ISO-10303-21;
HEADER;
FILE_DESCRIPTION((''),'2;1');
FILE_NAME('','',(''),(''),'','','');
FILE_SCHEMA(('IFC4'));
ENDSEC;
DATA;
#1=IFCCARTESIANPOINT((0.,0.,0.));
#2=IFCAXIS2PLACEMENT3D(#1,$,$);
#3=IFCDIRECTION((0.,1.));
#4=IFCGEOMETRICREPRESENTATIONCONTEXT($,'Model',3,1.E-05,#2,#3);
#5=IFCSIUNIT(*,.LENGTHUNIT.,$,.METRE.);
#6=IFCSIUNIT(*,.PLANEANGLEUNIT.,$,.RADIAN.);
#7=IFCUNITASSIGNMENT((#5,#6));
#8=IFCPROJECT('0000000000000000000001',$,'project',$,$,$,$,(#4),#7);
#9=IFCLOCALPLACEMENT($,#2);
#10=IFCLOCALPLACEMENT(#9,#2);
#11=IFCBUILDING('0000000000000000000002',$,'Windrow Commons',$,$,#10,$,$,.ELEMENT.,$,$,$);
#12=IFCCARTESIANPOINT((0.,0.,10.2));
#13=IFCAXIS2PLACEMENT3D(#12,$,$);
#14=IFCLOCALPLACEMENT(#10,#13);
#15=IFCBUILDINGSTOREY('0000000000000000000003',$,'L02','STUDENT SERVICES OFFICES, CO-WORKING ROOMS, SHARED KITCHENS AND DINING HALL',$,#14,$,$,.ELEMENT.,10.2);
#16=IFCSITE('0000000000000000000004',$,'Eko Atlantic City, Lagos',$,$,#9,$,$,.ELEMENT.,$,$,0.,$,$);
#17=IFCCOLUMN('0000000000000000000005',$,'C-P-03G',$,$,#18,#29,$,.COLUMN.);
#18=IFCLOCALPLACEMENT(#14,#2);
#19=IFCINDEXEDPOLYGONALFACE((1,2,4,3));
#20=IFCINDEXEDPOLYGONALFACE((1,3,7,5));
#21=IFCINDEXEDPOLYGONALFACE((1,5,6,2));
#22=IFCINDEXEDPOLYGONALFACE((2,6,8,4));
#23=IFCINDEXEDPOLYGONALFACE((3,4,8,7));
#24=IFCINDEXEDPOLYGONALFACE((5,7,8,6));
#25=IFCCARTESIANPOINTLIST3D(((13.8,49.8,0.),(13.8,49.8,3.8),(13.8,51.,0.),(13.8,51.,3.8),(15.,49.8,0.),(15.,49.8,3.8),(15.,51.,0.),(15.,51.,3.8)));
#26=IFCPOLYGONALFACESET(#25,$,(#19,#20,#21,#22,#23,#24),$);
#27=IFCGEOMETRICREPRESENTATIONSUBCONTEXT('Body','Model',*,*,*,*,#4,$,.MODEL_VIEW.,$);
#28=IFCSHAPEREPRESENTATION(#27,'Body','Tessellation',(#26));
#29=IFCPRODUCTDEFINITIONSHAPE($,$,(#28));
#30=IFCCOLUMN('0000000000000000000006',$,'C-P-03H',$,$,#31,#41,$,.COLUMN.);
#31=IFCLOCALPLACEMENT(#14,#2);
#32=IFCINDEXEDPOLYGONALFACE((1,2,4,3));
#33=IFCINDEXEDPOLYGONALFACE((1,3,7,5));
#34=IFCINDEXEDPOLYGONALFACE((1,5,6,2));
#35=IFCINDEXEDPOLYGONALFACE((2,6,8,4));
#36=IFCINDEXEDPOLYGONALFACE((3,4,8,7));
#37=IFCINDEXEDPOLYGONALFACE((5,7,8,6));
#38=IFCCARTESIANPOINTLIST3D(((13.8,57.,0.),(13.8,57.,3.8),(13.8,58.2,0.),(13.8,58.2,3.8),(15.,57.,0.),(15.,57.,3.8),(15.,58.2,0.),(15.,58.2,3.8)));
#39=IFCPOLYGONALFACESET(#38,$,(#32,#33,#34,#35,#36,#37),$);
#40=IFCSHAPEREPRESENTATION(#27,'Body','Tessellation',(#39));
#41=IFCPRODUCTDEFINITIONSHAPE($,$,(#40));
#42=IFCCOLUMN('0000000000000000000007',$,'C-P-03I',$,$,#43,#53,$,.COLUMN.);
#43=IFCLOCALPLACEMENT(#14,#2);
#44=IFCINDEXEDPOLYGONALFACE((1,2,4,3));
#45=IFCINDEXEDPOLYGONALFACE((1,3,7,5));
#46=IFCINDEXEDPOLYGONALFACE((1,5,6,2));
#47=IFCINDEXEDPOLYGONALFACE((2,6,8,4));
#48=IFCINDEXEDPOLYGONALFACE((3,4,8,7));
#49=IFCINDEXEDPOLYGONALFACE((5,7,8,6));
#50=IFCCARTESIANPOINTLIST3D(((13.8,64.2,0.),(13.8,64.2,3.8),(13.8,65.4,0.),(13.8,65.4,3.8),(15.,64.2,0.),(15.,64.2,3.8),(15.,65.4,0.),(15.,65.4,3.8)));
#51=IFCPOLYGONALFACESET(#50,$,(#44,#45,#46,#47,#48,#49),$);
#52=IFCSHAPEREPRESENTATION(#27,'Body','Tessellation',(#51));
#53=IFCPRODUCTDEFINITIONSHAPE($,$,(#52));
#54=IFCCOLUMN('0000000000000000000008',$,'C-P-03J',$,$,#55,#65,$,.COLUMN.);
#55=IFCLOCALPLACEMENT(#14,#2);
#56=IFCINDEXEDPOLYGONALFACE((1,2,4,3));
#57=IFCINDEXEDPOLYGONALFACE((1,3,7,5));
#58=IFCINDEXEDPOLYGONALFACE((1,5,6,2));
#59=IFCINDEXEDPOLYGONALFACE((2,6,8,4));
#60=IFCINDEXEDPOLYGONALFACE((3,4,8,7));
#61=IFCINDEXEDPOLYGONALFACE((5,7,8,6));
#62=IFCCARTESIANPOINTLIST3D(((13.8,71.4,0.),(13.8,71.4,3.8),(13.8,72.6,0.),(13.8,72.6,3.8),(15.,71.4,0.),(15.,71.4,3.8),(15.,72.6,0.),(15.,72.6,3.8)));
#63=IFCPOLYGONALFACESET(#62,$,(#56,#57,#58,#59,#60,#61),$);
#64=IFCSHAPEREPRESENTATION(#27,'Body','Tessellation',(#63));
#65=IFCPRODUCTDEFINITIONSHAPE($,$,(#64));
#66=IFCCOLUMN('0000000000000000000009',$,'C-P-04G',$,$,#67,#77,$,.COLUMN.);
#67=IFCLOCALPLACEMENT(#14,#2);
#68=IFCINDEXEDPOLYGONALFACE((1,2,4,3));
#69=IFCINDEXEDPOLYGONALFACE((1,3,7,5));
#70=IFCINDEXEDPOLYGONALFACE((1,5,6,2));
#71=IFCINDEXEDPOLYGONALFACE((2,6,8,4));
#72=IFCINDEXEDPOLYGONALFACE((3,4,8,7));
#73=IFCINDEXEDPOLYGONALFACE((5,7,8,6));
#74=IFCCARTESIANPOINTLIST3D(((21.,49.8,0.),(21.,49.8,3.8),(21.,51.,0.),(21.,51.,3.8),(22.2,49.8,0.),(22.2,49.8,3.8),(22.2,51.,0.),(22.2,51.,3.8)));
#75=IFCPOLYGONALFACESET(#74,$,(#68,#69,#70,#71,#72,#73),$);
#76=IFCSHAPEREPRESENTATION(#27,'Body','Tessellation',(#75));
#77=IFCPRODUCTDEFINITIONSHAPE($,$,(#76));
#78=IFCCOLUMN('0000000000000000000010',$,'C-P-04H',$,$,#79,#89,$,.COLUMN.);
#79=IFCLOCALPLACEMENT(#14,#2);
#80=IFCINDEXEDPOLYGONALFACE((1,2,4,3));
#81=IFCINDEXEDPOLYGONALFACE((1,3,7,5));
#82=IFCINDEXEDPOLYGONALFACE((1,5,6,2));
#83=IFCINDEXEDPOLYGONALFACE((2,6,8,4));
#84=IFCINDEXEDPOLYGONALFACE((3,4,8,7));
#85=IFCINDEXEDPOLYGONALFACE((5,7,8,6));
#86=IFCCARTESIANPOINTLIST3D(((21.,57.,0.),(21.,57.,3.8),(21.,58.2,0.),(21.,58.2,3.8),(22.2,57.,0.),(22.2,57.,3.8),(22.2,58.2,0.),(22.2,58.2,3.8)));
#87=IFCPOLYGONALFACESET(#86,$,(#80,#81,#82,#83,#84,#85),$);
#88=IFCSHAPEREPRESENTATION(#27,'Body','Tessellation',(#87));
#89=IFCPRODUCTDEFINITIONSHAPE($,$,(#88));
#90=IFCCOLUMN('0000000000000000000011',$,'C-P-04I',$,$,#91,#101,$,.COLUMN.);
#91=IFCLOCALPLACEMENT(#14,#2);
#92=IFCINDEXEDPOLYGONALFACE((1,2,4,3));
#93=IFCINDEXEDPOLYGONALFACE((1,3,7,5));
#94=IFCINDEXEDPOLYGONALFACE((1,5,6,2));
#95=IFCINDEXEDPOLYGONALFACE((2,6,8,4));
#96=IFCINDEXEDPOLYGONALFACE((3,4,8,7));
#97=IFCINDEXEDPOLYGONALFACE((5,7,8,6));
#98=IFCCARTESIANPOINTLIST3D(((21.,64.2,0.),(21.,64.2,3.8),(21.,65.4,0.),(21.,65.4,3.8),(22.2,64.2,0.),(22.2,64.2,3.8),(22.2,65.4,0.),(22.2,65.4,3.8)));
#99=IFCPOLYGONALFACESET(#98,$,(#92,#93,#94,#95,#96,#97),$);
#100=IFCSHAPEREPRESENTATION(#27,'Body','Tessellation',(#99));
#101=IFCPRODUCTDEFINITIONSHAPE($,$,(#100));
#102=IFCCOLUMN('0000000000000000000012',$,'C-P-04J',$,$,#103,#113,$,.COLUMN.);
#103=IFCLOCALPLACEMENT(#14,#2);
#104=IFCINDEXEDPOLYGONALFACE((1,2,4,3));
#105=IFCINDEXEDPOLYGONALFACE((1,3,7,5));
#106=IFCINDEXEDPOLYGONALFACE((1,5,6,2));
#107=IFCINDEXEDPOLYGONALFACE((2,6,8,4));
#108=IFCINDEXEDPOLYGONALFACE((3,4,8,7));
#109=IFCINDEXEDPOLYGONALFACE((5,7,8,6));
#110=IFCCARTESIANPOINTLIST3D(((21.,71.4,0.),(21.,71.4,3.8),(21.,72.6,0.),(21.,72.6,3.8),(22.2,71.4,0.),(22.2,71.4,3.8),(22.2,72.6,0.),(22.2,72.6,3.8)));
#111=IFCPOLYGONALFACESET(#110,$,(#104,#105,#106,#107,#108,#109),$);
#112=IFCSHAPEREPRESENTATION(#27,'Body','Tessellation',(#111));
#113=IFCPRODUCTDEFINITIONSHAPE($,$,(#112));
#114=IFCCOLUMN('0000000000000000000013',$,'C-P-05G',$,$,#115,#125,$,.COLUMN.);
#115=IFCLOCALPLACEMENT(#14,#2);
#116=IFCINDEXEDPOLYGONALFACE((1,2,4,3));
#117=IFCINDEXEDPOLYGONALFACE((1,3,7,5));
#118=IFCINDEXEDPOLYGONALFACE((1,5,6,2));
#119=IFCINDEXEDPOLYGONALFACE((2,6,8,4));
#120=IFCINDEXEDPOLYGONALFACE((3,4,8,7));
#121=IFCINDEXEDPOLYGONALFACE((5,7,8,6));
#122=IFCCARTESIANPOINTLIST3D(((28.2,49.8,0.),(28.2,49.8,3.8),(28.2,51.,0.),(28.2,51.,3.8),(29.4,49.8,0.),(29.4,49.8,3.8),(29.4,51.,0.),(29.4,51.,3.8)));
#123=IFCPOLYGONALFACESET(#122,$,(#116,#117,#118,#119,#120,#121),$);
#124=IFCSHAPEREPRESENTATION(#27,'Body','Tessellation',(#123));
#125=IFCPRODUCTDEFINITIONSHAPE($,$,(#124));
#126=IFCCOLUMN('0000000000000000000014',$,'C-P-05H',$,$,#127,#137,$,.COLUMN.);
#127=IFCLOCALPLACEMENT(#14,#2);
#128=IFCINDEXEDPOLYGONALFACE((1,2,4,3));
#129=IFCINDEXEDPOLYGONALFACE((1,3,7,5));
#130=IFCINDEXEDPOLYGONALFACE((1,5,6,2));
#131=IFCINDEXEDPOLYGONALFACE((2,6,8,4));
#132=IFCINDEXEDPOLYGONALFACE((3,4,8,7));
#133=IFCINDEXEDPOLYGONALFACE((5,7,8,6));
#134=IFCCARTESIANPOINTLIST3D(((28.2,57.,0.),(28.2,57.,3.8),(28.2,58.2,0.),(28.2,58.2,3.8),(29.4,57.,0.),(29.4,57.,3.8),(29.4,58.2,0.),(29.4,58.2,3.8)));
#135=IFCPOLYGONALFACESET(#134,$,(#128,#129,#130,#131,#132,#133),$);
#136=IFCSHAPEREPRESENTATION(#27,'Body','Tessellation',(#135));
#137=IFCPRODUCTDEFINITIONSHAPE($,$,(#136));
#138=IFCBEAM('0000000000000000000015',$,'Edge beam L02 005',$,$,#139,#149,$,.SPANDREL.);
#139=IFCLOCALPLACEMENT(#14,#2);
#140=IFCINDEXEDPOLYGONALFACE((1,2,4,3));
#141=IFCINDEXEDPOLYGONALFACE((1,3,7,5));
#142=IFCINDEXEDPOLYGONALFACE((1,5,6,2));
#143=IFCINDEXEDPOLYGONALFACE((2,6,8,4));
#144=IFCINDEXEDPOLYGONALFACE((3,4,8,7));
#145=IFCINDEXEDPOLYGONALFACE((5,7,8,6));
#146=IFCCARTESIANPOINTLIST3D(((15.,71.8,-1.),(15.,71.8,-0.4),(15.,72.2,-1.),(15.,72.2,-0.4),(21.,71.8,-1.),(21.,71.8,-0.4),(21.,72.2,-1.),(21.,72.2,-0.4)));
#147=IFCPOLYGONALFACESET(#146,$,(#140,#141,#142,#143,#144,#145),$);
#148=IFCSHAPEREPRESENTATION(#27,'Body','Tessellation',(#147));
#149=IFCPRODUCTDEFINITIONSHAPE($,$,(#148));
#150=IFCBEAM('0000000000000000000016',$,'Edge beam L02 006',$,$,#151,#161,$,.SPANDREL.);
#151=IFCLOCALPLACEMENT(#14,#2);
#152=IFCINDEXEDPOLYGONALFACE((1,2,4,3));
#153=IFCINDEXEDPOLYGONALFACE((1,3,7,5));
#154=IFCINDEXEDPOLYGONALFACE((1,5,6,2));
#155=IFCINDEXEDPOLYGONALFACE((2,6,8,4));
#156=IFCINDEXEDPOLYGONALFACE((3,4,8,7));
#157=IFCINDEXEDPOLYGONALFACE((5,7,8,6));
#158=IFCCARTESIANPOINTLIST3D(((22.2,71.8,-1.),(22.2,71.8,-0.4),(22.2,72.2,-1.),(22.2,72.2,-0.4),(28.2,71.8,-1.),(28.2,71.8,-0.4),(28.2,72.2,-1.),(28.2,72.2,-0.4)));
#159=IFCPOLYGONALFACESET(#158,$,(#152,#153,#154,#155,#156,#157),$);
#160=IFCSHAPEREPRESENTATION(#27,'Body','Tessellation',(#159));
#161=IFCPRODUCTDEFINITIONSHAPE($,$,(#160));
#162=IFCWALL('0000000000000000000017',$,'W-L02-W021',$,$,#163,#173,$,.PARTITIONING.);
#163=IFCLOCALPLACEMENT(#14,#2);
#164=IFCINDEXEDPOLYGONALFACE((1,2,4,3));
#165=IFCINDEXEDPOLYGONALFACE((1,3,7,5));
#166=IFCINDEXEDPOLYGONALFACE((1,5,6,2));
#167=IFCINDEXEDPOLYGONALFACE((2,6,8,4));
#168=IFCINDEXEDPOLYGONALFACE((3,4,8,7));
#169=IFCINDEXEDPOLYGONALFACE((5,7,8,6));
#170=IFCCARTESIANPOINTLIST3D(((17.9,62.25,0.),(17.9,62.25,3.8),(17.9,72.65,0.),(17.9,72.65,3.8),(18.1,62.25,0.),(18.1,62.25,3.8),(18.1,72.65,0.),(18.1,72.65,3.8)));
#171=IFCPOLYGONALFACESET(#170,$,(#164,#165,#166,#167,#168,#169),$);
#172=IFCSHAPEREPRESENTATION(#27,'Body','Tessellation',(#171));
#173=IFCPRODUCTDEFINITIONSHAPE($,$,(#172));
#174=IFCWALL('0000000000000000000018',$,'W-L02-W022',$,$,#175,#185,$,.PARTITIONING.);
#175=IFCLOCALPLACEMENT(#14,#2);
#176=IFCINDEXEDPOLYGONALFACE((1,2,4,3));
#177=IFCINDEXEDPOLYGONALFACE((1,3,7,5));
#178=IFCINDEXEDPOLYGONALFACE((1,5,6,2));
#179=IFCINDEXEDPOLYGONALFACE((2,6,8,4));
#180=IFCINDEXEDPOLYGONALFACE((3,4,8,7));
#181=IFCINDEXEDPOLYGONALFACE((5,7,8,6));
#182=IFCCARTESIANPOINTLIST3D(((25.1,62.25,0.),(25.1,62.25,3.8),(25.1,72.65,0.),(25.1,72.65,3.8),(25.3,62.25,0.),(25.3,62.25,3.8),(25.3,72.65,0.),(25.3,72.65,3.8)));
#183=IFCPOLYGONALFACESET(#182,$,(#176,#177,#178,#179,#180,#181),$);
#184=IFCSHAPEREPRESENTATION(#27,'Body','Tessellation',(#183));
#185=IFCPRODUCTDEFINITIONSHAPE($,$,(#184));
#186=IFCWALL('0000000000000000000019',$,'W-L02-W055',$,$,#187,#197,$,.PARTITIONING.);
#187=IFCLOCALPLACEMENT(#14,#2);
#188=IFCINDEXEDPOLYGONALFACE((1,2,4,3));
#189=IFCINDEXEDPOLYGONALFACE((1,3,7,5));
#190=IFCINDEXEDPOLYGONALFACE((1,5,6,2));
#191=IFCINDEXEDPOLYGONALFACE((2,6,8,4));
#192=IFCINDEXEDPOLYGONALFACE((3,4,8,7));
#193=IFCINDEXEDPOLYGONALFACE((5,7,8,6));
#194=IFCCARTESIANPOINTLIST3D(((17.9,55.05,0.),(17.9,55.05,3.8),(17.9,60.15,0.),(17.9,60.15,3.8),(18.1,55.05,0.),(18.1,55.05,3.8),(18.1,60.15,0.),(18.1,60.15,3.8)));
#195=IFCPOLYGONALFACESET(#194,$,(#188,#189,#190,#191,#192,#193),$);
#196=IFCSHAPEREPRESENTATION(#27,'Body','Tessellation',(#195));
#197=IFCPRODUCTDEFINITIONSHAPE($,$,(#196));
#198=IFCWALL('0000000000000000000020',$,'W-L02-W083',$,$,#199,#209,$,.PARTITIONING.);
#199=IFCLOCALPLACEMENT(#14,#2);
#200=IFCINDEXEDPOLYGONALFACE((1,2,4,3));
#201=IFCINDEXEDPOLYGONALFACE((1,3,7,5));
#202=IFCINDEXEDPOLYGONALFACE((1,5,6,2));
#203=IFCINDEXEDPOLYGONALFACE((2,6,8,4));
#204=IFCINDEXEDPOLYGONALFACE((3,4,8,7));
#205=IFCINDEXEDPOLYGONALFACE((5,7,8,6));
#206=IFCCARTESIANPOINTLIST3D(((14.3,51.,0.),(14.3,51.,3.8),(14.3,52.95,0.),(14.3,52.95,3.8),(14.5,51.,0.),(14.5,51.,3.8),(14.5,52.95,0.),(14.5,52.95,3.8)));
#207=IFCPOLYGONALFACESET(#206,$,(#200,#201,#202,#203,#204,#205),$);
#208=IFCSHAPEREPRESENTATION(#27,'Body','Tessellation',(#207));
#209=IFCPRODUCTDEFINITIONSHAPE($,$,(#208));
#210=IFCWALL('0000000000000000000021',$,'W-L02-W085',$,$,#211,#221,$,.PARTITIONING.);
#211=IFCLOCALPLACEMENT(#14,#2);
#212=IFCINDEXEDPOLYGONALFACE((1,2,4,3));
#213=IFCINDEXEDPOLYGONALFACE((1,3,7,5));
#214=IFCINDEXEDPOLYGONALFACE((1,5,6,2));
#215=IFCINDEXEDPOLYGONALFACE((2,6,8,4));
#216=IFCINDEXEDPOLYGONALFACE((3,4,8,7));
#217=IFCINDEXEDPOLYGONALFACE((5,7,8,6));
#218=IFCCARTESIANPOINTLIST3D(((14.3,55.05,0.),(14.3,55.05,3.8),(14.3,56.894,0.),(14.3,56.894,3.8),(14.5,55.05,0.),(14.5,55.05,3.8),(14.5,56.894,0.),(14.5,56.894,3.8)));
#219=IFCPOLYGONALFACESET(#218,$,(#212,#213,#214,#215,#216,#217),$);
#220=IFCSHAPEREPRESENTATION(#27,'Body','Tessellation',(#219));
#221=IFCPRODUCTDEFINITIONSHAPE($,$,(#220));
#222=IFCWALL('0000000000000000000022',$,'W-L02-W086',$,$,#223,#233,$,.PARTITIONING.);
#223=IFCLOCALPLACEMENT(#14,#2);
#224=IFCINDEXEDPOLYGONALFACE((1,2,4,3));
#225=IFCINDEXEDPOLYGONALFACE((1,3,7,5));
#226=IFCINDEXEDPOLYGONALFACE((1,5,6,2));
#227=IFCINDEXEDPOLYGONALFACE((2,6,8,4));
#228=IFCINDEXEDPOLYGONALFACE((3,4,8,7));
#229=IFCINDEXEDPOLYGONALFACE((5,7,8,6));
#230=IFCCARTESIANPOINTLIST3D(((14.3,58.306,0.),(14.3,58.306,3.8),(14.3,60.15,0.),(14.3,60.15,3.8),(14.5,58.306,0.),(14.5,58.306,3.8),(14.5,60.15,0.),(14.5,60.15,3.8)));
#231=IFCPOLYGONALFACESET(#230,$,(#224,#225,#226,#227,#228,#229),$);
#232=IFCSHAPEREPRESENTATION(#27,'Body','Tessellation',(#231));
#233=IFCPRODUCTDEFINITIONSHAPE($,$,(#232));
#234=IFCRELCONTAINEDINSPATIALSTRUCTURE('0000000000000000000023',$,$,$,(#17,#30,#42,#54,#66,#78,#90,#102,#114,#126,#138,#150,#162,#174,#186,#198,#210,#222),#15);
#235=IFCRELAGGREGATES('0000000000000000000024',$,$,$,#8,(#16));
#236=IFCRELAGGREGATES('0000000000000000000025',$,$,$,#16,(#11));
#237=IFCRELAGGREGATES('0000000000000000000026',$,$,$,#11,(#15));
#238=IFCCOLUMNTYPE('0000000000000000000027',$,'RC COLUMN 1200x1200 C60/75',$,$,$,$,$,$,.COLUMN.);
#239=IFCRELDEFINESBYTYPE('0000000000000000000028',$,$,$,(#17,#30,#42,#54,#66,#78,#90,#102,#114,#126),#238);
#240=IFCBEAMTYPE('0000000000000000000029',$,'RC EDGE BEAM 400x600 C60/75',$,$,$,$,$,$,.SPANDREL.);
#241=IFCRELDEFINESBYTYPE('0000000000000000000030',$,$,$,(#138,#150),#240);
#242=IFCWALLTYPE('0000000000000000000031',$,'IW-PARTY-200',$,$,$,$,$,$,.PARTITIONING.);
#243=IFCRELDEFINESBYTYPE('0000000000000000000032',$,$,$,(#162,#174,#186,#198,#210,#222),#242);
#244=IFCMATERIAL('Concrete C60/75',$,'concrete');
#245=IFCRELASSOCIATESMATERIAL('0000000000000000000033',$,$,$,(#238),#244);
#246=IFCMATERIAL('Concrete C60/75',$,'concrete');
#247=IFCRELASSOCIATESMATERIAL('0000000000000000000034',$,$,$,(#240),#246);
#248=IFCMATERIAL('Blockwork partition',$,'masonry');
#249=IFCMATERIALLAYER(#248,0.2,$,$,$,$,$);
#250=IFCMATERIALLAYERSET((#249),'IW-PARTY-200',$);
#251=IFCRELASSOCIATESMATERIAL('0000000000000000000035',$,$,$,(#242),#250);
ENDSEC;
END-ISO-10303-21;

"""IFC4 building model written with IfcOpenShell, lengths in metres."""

from ifc_helpers import new_model, si_unit, direction, frame, frame_2d, origin, origin_2d, place, context, subcontext, project, spatial, rectangle, extrude, material, layer, layer_set, material_profile, profile_set, type_object, element, save


model = new_model("IFC4")

# Units and contexts
model_context = context("Model", 3, precision=1e-05, world=origin(), true_north=direction((0.0, 1.0)))
body_context = subcontext(model_context, "Body", "Model", "MODEL_VIEW")
ifc_project = project(units=[si_unit("LENGTHUNIT", "METRE"), si_unit("PLANEANGLEUNIT", "RADIAN")], contexts=[model_context])

# Site, building, storey
site_placement = place(None, origin())
site = spatial("IfcSite", under=ifc_project, at=site_placement, Name="Eko Atlantic City, Lagos", CompositionType="ELEMENT", RefElevation=0.0)
building_placement = place(site_placement, origin())
building = spatial("IfcBuilding", under=site, at=building_placement, Name="Windrow Commons", CompositionType="ELEMENT")
storey_placement = place(building_placement, frame((0.0, 0.0, 10.2)))
storey = spatial("IfcBuildingStorey", under=building, at=storey_placement, Name="L02", Description="STUDENT SERVICES OFFICES, CO-WORKING ROOMS, SHARED KITCHENS AND DINING HALL", CompositionType="ELEMENT", Elevation=10.2)

# Columns
ifc_material_1 = material(Name="Concrete C60/75", Category="concrete")
ifc_material_profile_1 = material_profile(ifc_material_1, rectangle(XDim=1.2, YDim=1.2, at=origin_2d()))
ifc_profile_set_1 = profile_set([ifc_material_profile_1], Name="Concrete C60/75")
column_type = type_object("IfcColumnType", Name="RC COLUMN 1200x1200 C60/75", PredefinedType="COLUMN", material=ifc_profile_set_1)
for number, where, z_axis, x_axis, name in (
    (1, (14.4, 50.4, 0.0), (0.0, 0.0, 1.0), (1.0, 0.0, 0.0), "C-P-03G"),
    (2, (14.4, 57.6, 0.0), (0.0, 0.0, 1.0), (1.0, 0.0, 0.0), "C-P-03H"),
    (3, (14.4, 64.8, 0.0), (0.0, 0.0, 1.0), (1.0, 0.0, 0.0), "C-P-03I"),
    (4, (14.4, 72.0, 0.0), (0.0, 0.0, 1.0), (1.0, 0.0, 0.0), "C-P-03J"),
    (5, (21.6, 50.4, 0.0), (0.0, 0.0, 1.0), (1.0, 0.0, 0.0), "C-P-04G"),
    (6, (21.6, 57.6, 0.0), (0.0, 0.0, 1.0), (1.0, 0.0, 0.0), "C-P-04H"),
    (7, (21.6, 64.8, 0.0), (0.0, 0.0, 1.0), (1.0, 0.0, 0.0), "C-P-04I"),
    (8, (21.6, 72.0, 0.0), (0.0, 0.0, 1.0), (1.0, 0.0, 0.0), "C-P-04J"),
    (9, (28.8, 50.4, 0.0), (0.0, 0.0, 1.0), (1.0, 0.0, 0.0), "C-P-05G"),
    (10, (28.8, 57.6, 0.0), (0.0, 0.0, 1.0), (1.0, 0.0, 0.0), "C-P-05H"),
):
    element("IfcColumn", number, at=place(storey_placement, frame(where, z_axis=z_axis, x_axis=x_axis)), inside=storey, type_object=column_type, Name=name, PredefinedType="COLUMN", context=body_context, shape_type="SweptSolid", body=[
        extrude(rectangle(XDim=1.2, YDim=1.2, at=origin_2d()), origin(), (0.0, 0.0, 1.0), 3.8),
    ])

# Beams
ifc_material_2 = material(Name="Concrete C60/75", Category="concrete")
ifc_material_profile_2 = material_profile(ifc_material_2, rectangle(XDim=0.4, YDim=0.6, at=origin_2d()))
ifc_profile_set_2 = profile_set([ifc_material_profile_2], Name="Concrete C60/75")
beam_type = type_object("IfcBeamType", Name="RC EDGE BEAM 400x600 C60/75", PredefinedType="SPANDREL", material=ifc_profile_set_2)
for number, where, z_axis, x_axis, name in (
    (11, (15.0, 72.0, -0.7), (1.0, 0.0, 0.0), (0.0, 1.0, 0.0), "Edge beam L02 005"),
    (12, (22.2, 72.0, -0.7), (1.0, 0.0, 0.0), (0.0, 1.0, 0.0), "Edge beam L02 006"),
):
    element("IfcBeam", number, at=place(storey_placement, frame(where, z_axis=z_axis, x_axis=x_axis)), inside=storey, type_object=beam_type, Name=name, PredefinedType="SPANDREL", context=body_context, shape_type="SweptSolid", body=[
        extrude(rectangle(XDim=0.4, YDim=0.6, at=origin_2d()), origin(), (0.0, 0.0, 1.0), 6.0),
    ])

# Walls
ifc_material_3 = material(Name="Blockwork partition", Category="masonry")
ifc_layer = layer(ifc_material_3, 0.2)
ifc_layer_set = layer_set([ifc_layer], Name="IW-PARTY-200")
wall_type = type_object("IfcWallType", Name="IW-PARTY-200", PredefinedType="PARTITIONING", material=ifc_layer_set)
for number, where, z_axis, x_axis, name in (
    (13, (18.0, 62.25, 0.0), (0.0, 0.0, 1.0), (0.0, 1.0, 0.0), "W-L02-W021"),
    (14, (25.2, 62.25, 0.0), (0.0, 0.0, 1.0), (0.0, 1.0, 0.0), "W-L02-W022"),
):
    element("IfcWall", number, at=place(storey_placement, frame(where, z_axis=z_axis, x_axis=x_axis)), inside=storey, type_object=wall_type, Name=name, PredefinedType="PARTITIONING", context=body_context, shape_type="SweptSolid", body=[
        extrude(rectangle(XDim=10.4, YDim=0.2, at=frame_2d((5.2, 0.0))), origin(), (0.0, 0.0, 1.0), 3.8),
    ])
wall_1_placement = place(storey_placement, frame((18.0, 55.05, 0.0), z_axis=(0.0, 0.0, 1.0), x_axis=(0.0, 1.0, 0.0)))
element("IfcWall", 15, at=wall_1_placement, inside=storey, type_object=wall_type, Name="W-L02-W055", PredefinedType="PARTITIONING", context=body_context, shape_type="SweptSolid", body=[
    extrude(rectangle(XDim=5.1, YDim=0.2, at=frame_2d((2.55, 0.0))), origin(), (0.0, 0.0, 1.0), 3.8),
])
wall_2_placement = place(storey_placement, frame((14.4, 51.0, 0.0), z_axis=(0.0, 0.0, 1.0), x_axis=(0.0, 1.0, 0.0)))
element("IfcWall", 16, at=wall_2_placement, inside=storey, type_object=wall_type, Name="W-L02-W083", PredefinedType="PARTITIONING", context=body_context, shape_type="SweptSolid", body=[
    extrude(rectangle(XDim=1.95, YDim=0.2, at=frame_2d((0.975, 0.0))), origin(), (0.0, 0.0, 1.0), 3.8),
])
for number, where, z_axis, x_axis, name in (
    (17, (14.4, 55.05, 0.0), (0.0, 0.0, 1.0), (0.0, 1.0, 0.0), "W-L02-W085"),
    (18, (14.4, 58.306, 0.0), (0.0, 0.0, 1.0), (0.0, 1.0, 0.0), "W-L02-W086"),
):
    element("IfcWall", number, at=place(storey_placement, frame(where, z_axis=z_axis, x_axis=x_axis)), inside=storey, type_object=wall_type, Name=name, PredefinedType="PARTITIONING", context=body_context, shape_type="SweptSolid", body=[
        extrude(rectangle(XDim=1.844, YDim=0.2, at=frame_2d((0.922, 0.0))), origin(), (0.0, 0.0, 1.0), 3.8),
    ])

save(model, "model.ifc")
